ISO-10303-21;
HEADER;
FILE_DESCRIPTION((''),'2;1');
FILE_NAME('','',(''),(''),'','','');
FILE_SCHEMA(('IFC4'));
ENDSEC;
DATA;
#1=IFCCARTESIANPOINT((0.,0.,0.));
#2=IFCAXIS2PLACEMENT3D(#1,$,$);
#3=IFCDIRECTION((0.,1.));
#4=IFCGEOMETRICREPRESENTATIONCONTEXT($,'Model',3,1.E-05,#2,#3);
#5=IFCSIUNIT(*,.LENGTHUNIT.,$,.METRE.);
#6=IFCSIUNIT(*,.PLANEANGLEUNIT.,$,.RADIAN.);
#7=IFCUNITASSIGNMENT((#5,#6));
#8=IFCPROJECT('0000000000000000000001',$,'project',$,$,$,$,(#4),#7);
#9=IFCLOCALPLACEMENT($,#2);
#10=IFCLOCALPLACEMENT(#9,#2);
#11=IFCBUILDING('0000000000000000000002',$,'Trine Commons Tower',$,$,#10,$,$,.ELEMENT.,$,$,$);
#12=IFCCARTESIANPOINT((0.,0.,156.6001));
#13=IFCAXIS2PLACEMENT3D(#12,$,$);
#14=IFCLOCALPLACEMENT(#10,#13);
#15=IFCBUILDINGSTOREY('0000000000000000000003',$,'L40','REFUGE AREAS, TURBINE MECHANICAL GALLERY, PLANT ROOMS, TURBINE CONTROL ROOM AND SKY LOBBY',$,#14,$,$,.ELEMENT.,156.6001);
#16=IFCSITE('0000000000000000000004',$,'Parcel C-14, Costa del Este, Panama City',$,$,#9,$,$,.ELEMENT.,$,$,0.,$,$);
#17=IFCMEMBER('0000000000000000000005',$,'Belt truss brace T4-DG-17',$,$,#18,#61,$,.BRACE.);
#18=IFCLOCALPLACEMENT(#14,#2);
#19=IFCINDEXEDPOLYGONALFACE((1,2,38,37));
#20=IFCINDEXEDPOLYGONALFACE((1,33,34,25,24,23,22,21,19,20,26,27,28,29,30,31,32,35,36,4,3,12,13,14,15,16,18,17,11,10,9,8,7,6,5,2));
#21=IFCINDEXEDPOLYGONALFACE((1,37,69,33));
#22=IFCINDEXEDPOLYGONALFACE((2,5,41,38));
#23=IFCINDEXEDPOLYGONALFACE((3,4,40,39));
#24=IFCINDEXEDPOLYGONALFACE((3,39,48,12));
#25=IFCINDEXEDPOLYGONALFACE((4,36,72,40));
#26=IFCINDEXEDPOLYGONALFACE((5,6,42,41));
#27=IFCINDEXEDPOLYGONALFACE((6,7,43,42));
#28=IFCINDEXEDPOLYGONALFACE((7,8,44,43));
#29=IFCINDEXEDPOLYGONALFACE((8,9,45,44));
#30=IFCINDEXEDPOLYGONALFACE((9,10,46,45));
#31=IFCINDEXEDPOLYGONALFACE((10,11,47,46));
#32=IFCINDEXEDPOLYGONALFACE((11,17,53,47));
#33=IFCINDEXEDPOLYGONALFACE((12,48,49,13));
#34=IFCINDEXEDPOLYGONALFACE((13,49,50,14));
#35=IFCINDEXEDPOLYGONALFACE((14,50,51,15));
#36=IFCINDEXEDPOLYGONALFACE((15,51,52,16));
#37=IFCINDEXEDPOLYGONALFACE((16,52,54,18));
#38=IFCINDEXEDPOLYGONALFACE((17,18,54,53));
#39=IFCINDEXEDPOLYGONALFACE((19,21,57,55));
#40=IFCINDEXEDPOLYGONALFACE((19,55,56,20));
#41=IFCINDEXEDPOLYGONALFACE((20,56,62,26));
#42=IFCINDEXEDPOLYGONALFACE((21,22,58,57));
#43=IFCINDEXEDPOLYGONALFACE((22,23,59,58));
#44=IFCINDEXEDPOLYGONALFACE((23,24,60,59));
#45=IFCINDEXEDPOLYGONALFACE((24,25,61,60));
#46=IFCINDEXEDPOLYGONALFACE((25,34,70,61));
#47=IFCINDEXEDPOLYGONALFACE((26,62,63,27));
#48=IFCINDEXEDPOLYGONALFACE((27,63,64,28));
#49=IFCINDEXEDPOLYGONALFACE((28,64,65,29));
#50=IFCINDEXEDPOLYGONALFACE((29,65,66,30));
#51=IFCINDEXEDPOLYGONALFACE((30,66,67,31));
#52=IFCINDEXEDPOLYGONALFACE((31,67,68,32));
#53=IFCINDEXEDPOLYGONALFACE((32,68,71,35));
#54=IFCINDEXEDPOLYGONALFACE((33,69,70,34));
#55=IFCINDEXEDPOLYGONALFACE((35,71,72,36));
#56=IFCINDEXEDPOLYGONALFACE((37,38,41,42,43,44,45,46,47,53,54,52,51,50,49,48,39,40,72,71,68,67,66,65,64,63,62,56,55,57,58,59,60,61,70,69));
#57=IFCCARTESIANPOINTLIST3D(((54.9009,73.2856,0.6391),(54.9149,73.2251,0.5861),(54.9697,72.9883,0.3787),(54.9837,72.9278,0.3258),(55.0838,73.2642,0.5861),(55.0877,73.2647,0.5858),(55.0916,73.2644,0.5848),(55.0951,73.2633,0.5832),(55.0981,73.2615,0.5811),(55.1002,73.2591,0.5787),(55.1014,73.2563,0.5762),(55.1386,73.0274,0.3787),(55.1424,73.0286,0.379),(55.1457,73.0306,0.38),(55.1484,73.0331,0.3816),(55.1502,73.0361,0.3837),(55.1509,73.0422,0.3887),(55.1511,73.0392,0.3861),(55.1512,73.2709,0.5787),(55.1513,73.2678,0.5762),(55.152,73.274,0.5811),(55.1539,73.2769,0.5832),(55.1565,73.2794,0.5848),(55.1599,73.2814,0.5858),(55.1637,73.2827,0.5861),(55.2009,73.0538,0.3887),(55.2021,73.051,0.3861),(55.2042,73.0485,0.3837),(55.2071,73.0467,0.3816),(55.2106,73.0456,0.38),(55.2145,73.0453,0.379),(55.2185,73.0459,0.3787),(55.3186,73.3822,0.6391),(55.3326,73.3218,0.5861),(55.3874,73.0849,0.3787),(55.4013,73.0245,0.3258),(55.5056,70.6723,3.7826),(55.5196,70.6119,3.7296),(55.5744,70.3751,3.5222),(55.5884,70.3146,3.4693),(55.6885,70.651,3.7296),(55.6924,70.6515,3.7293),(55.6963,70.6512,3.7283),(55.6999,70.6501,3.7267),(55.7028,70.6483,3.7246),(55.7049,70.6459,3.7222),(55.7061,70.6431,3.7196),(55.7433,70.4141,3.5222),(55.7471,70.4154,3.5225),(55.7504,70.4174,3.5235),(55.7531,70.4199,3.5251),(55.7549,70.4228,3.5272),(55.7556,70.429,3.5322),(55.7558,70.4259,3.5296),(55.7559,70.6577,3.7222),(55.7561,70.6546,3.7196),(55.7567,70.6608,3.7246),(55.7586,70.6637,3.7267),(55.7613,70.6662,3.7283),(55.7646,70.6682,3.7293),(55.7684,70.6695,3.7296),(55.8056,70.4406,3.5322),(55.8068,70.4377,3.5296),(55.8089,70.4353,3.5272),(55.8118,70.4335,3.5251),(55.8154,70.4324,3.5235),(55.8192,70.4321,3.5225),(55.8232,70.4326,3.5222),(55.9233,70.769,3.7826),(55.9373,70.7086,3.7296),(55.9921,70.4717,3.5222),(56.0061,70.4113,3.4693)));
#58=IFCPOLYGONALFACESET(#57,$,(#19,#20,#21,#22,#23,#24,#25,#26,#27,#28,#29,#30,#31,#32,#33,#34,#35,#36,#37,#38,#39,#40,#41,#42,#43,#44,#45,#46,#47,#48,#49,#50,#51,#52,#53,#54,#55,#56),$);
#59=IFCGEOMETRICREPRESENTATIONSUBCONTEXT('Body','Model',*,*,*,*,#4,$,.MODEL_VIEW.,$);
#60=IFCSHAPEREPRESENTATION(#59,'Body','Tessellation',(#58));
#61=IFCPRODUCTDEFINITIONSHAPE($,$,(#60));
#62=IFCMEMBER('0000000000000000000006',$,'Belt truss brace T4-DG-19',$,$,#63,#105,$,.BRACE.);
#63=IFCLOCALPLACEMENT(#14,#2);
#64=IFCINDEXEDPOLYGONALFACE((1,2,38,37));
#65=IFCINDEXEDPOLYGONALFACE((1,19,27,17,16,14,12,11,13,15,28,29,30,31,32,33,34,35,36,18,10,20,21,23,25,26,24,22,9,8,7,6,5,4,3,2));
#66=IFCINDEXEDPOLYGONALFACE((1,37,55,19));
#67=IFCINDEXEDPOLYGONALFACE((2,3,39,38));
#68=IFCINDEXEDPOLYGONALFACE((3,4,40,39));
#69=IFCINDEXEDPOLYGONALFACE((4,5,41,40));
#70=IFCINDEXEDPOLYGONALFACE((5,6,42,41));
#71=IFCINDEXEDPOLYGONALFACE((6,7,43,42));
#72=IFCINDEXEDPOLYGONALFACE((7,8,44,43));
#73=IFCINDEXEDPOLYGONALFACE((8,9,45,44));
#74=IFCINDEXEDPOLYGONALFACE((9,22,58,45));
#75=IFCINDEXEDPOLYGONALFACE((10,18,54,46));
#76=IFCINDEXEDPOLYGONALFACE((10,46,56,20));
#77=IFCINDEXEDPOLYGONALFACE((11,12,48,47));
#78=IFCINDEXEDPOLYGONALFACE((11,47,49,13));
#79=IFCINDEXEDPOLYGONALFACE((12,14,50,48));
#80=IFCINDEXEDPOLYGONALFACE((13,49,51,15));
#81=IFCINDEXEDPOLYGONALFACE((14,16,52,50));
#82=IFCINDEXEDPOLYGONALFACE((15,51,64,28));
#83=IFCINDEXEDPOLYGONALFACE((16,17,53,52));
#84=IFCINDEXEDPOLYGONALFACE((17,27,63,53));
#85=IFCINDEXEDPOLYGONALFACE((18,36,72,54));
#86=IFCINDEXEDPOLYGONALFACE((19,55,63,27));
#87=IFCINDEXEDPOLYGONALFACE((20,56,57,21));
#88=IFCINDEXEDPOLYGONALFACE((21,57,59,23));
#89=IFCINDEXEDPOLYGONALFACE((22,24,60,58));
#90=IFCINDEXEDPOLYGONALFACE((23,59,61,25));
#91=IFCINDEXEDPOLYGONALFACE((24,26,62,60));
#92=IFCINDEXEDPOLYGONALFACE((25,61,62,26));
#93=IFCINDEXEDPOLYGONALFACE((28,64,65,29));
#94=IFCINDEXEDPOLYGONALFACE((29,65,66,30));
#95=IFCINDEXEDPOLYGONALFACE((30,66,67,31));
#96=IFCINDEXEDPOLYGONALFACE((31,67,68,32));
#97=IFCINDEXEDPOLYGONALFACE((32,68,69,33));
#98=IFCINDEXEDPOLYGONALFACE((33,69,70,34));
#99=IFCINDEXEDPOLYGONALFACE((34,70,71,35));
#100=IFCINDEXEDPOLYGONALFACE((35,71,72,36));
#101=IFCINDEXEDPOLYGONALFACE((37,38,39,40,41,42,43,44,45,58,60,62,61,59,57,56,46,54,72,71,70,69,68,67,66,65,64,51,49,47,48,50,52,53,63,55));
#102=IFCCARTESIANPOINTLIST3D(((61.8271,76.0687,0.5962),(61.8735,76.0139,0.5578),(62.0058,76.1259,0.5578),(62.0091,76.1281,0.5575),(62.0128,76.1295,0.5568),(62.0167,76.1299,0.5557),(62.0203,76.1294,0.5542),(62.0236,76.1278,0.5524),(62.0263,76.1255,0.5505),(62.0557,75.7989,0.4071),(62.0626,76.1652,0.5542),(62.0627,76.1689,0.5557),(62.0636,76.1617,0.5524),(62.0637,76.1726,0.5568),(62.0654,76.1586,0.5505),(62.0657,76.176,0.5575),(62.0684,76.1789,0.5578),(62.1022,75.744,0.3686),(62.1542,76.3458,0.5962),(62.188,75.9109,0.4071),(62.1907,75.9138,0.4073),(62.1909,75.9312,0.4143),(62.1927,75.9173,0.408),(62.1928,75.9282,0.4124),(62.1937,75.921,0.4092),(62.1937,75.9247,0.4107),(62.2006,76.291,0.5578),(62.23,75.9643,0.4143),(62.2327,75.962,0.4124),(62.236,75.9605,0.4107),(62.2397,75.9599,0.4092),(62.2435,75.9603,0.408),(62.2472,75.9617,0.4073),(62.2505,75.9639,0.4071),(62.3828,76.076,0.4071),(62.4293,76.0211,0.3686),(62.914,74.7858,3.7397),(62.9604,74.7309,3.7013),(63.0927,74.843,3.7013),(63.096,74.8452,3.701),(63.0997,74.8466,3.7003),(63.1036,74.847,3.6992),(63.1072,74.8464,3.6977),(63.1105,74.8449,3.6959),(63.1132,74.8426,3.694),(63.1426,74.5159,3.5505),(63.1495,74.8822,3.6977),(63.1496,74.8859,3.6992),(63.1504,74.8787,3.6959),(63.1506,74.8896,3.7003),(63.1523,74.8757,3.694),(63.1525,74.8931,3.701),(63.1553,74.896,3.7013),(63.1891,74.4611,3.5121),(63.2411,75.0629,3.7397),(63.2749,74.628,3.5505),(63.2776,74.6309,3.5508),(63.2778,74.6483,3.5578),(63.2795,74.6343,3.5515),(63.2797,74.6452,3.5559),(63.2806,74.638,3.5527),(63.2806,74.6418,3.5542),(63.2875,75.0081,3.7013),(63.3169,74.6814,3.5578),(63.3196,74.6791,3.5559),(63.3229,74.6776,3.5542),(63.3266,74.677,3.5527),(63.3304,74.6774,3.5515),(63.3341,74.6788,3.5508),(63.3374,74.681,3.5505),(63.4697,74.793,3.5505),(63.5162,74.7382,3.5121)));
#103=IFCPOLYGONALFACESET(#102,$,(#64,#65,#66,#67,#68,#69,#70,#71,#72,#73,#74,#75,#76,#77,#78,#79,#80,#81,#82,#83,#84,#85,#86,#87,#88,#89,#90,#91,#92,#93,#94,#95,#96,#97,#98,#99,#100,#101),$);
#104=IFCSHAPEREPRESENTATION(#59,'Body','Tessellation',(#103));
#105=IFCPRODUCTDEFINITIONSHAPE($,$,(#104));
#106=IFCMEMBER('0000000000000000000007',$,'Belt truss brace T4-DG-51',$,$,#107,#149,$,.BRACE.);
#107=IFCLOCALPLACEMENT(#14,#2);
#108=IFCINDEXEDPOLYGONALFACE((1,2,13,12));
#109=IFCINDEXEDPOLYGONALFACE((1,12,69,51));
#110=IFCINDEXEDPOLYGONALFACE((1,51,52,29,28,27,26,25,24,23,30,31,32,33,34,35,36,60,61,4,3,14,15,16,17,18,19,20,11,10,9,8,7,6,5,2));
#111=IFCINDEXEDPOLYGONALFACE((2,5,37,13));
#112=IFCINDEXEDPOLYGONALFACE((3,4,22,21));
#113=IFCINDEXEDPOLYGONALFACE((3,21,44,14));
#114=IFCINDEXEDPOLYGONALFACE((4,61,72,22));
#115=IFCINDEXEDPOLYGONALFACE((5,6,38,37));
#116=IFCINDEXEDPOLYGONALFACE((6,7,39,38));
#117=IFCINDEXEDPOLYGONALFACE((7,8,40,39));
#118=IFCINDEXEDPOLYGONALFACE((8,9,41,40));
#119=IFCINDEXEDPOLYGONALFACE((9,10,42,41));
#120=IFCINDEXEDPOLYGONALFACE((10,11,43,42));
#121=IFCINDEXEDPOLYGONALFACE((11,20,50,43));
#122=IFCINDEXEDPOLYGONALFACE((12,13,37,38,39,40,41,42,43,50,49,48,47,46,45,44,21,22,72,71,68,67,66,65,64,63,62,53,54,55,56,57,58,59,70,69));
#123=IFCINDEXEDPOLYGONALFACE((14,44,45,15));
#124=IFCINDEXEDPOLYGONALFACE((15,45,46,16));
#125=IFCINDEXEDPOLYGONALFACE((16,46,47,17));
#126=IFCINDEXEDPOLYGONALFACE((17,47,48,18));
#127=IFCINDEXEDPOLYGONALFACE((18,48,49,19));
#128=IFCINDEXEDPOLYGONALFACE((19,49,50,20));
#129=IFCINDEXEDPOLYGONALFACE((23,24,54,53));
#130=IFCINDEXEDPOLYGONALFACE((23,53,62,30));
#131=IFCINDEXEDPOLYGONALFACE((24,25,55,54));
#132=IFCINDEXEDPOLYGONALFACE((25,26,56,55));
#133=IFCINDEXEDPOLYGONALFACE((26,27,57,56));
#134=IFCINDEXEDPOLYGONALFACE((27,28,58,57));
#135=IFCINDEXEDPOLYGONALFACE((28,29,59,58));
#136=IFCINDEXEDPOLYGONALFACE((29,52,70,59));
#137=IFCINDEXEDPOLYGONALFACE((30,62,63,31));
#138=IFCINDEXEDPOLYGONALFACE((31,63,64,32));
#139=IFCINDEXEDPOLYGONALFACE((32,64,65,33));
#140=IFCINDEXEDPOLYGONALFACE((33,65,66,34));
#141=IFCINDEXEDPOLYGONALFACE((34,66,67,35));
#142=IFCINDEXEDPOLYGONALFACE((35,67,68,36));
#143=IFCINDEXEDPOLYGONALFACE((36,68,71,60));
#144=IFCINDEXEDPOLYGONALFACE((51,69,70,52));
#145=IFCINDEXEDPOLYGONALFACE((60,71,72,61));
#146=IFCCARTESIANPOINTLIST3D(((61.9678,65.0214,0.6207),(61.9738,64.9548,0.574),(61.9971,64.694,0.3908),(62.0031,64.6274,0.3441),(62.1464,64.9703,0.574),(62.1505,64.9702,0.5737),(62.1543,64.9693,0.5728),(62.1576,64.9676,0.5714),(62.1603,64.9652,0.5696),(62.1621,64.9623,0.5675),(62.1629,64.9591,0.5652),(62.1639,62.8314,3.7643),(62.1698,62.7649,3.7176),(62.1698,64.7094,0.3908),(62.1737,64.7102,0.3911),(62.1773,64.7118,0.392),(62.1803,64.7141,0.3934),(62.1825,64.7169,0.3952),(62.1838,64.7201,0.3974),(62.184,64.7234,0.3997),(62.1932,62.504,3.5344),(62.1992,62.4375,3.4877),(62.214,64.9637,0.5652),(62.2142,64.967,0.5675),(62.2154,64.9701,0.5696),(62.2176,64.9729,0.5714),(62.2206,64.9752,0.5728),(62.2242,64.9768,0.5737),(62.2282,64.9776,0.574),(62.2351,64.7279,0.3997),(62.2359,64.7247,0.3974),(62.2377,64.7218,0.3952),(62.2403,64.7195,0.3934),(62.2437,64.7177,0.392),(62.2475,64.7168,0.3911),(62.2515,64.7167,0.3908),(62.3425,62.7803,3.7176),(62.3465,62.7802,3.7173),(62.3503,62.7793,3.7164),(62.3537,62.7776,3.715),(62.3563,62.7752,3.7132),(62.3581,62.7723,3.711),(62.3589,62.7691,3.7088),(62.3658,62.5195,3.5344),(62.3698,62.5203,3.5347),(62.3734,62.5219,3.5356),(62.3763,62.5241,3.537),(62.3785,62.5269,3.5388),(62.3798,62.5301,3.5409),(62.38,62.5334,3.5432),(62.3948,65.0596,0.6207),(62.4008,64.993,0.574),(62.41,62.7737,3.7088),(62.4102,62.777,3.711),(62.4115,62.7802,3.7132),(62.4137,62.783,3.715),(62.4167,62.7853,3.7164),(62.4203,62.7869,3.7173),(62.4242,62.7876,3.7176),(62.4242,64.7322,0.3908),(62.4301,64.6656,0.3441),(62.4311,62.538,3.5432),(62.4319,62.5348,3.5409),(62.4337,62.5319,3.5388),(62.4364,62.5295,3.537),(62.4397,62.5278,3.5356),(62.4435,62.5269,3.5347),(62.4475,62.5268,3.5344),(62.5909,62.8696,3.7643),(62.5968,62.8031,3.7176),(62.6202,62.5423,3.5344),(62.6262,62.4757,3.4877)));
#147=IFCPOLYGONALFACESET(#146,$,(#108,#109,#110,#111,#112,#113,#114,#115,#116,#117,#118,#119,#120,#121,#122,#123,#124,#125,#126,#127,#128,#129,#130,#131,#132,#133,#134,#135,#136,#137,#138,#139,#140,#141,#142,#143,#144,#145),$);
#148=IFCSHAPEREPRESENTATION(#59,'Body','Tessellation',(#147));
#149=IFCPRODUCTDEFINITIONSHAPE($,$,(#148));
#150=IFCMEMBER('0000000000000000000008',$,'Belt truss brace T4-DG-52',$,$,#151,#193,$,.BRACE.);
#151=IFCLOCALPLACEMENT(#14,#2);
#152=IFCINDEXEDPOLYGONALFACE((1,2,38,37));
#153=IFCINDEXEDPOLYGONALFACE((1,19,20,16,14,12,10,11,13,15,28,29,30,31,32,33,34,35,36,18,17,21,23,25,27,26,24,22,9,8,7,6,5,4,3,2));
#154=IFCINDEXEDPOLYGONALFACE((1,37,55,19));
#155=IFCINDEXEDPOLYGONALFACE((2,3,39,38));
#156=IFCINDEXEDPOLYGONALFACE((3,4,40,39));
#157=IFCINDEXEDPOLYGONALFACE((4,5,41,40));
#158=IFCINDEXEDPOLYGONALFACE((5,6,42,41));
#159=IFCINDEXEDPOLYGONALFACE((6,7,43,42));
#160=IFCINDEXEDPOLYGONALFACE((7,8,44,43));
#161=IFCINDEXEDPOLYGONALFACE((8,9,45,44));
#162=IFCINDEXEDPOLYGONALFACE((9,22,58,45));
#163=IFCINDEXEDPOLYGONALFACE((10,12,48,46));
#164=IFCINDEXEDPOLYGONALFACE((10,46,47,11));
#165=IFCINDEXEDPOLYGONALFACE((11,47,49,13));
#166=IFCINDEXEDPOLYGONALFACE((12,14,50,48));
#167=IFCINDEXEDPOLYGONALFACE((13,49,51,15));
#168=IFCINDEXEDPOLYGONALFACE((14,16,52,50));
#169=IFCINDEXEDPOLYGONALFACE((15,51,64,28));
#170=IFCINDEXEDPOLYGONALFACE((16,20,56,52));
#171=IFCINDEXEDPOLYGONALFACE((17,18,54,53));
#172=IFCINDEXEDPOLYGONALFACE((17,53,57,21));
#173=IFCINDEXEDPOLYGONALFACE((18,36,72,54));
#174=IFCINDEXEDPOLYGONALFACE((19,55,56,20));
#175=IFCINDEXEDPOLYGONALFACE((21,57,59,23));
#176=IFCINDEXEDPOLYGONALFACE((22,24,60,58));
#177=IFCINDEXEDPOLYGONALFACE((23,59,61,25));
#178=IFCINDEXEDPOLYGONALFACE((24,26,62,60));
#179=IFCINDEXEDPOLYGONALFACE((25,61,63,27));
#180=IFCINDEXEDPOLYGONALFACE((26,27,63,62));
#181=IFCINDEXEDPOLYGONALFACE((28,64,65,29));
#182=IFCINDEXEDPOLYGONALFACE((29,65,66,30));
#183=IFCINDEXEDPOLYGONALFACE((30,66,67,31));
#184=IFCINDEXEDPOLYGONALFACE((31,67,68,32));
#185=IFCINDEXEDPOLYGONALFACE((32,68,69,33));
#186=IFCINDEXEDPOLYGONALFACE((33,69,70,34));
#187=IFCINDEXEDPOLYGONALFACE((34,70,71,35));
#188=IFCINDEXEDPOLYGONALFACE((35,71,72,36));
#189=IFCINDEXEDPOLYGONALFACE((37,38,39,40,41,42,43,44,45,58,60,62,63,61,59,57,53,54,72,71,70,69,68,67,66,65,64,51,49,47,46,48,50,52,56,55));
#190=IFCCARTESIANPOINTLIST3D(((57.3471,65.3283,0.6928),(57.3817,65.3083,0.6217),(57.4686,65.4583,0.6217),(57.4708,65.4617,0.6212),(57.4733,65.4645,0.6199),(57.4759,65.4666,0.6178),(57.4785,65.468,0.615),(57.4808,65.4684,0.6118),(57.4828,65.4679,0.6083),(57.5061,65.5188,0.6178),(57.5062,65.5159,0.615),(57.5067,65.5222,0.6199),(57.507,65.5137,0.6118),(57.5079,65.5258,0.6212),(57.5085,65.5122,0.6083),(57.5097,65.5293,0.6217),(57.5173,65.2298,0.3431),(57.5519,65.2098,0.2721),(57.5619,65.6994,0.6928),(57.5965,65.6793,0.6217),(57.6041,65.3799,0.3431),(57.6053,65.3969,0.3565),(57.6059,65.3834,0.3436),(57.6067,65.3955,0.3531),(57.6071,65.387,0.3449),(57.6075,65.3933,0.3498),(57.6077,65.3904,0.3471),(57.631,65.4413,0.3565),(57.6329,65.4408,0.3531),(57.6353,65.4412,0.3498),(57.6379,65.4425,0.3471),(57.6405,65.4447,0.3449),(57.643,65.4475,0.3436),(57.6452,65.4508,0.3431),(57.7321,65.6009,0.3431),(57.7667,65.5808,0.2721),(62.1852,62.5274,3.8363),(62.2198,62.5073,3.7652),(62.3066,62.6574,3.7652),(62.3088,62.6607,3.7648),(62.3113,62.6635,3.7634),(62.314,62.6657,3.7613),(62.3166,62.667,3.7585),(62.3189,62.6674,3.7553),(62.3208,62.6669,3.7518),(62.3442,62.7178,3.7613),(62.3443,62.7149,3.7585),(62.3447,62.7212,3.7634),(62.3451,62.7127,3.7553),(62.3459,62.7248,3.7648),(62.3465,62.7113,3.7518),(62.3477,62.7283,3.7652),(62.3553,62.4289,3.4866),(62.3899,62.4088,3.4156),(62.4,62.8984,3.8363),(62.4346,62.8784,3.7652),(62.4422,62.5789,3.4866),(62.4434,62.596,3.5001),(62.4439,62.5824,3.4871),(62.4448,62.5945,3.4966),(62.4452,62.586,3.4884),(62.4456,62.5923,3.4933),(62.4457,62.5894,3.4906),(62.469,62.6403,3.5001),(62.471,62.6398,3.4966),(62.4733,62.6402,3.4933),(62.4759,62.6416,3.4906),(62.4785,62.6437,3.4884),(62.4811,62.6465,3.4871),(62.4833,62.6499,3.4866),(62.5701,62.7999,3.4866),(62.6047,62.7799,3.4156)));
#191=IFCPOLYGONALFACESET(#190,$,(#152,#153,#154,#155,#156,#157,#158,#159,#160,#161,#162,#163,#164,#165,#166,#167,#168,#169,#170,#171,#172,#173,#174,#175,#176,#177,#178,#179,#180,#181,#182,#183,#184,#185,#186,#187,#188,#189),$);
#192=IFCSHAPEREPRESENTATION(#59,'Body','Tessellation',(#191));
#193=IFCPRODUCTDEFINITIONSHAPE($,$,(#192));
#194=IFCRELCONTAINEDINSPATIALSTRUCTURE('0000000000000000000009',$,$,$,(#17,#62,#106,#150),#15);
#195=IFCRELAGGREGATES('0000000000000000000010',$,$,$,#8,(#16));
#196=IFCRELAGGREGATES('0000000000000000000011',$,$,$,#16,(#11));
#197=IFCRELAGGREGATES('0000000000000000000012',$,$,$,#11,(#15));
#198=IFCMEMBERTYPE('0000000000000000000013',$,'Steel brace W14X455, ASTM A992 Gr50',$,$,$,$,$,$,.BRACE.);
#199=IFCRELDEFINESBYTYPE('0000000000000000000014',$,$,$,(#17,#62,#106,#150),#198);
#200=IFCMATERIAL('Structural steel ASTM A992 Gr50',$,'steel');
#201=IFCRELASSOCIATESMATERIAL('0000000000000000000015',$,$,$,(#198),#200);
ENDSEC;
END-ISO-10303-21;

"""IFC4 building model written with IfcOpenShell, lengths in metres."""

from ifc_helpers import new_model, si_unit, direction, frame, origin, origin_2d, place, context, subcontext, project, spatial, i_section, extrude, material, material_profile, profile_set, type_object, element, save


model = new_model("IFC4")

# Units and contexts
model_context = context("Model", 3, precision=1e-05, world=origin(), true_north=direction((0.0, 1.0)))
body_context = subcontext(model_context, "Body", "Model", "MODEL_VIEW")
ifc_project = project(units=[si_unit("LENGTHUNIT", "METRE"), si_unit("PLANEANGLEUNIT", "RADIAN")], contexts=[model_context])

# Site, building, storey
site_placement = place(None, origin())
site = spatial("IfcSite", under=ifc_project, at=site_placement, Name="Parcel C-14, Costa del Este, Panama City", CompositionType="ELEMENT", RefElevation=0.0)
building_placement = place(site_placement, origin())
building = spatial("IfcBuilding", under=site, at=building_placement, Name="Trine Commons Tower", CompositionType="ELEMENT")
storey_placement = place(building_placement, frame((0.0, 0.0, 156.6001)))
storey = spatial("IfcBuildingStorey", under=building, at=storey_placement, Name="L40", Description="REFUGE AREAS, TURBINE MECHANICAL GALLERY, PLANT ROOMS, TURBINE CONTROL ROOM AND SKY LOBBY", CompositionType="ELEMENT", Elevation=156.6001)

# Members
ifc_material_1 = material(Name="Structural steel ASTM A992 Gr50", Category="steel")
ifc_material_profile_1 = material_profile(ifc_material_1, i_section(OverallWidth=0.4287, OverallDepth=0.4827, WebThickness=0.0513, FlangeThickness=0.0815, FilletRadius=0.0154, at=origin_2d()), Name="W14X455")
ifc_profile_set_1 = profile_set([ifc_material_profile_1], Name="Structural steel ASTM A992 Gr50")
member_type_1 = type_object("IfcMemberType", Name="Steel brace W14X455, ASTM A992 Gr50", PredefinedType="BRACE", material=ifc_profile_set_1)
member_1_placement = place(storey_placement, frame((55.1511, 73.155, 0.4824), z_axis=(0.14634, -0.632385, 0.760706), x_axis=(0.974254, 0.225451, 0.0)))
element("IfcMember", 1, at=member_1_placement, inside=storey, type_object=member_type_1, Name="Belt truss brace T4-DG-17", PredefinedType="BRACE", context=body_context, shape_type="SweptSolid", body=[
    extrude(i_section(OverallWidth=0.4287, OverallDepth=0.4827, WebThickness=0.0513, FlangeThickness=0.0815, FilletRadius=0.0154, at=origin_2d()), origin(), (0.0, 0.0, 1.0), 4.1323),
])
member_2_placement = place(storey_placement, frame((62.1282, 76.0449, 0.4824), z_axis=(0.304884, -0.359875, 0.88178), x_axis=(0.762995, 0.646404, 0.0)))
element("IfcMember", 2, at=member_2_placement, inside=storey, type_object=member_type_1, Name="Belt truss brace T4-DG-19", PredefinedType="BRACE", context=body_context, shape_type="SweptSolid", body=[
    extrude(i_section(OverallWidth=0.4287, OverallDepth=0.4827, WebThickness=0.0513, FlangeThickness=0.0815, FilletRadius=0.0154, at=origin_2d()), origin(), (0.0, 0.0, 1.0), 3.5649),
])
member_3_placement = place(storey_placement, frame((62.199, 64.8435, 0.4824), z_axis=(0.051104, -0.570866, 0.819451), x_axis=(0.996017, 0.089164, 0.0)))
element("IfcMember", 3, at=member_3_placement, inside=storey, type_object=member_type_1, Name="Belt truss brace T4-DG-51", PredefinedType="BRACE", context=body_context, shape_type="SweptSolid", body=[
    extrude(i_section(OverallWidth=0.4287, OverallDepth=0.4827, WebThickness=0.0513, FlangeThickness=0.0815, FilletRadius=0.0154, at=origin_2d()), origin(), (0.0, 0.0, 1.0), 3.8362),
])
member_4_placement = place(storey_placement, frame((57.5569, 65.4546, 0.4824), z_axis=(0.754347, -0.436727, 0.490133), x_axis=(0.501036, 0.865426, 0.0)))
element("IfcMember", 4, at=member_4_placement, inside=storey, type_object=member_type_1, Name="Belt truss brace T4-DG-52", PredefinedType="BRACE", context=body_context, shape_type="SweptSolid", body=[
    extrude(i_section(OverallWidth=0.4287, OverallDepth=0.4827, WebThickness=0.0513, FlangeThickness=0.0815, FilletRadius=0.0154, at=origin_2d()), origin(), (0.0, 0.0, 1.0), 6.4136),
])

save(model, "model.ifc")
